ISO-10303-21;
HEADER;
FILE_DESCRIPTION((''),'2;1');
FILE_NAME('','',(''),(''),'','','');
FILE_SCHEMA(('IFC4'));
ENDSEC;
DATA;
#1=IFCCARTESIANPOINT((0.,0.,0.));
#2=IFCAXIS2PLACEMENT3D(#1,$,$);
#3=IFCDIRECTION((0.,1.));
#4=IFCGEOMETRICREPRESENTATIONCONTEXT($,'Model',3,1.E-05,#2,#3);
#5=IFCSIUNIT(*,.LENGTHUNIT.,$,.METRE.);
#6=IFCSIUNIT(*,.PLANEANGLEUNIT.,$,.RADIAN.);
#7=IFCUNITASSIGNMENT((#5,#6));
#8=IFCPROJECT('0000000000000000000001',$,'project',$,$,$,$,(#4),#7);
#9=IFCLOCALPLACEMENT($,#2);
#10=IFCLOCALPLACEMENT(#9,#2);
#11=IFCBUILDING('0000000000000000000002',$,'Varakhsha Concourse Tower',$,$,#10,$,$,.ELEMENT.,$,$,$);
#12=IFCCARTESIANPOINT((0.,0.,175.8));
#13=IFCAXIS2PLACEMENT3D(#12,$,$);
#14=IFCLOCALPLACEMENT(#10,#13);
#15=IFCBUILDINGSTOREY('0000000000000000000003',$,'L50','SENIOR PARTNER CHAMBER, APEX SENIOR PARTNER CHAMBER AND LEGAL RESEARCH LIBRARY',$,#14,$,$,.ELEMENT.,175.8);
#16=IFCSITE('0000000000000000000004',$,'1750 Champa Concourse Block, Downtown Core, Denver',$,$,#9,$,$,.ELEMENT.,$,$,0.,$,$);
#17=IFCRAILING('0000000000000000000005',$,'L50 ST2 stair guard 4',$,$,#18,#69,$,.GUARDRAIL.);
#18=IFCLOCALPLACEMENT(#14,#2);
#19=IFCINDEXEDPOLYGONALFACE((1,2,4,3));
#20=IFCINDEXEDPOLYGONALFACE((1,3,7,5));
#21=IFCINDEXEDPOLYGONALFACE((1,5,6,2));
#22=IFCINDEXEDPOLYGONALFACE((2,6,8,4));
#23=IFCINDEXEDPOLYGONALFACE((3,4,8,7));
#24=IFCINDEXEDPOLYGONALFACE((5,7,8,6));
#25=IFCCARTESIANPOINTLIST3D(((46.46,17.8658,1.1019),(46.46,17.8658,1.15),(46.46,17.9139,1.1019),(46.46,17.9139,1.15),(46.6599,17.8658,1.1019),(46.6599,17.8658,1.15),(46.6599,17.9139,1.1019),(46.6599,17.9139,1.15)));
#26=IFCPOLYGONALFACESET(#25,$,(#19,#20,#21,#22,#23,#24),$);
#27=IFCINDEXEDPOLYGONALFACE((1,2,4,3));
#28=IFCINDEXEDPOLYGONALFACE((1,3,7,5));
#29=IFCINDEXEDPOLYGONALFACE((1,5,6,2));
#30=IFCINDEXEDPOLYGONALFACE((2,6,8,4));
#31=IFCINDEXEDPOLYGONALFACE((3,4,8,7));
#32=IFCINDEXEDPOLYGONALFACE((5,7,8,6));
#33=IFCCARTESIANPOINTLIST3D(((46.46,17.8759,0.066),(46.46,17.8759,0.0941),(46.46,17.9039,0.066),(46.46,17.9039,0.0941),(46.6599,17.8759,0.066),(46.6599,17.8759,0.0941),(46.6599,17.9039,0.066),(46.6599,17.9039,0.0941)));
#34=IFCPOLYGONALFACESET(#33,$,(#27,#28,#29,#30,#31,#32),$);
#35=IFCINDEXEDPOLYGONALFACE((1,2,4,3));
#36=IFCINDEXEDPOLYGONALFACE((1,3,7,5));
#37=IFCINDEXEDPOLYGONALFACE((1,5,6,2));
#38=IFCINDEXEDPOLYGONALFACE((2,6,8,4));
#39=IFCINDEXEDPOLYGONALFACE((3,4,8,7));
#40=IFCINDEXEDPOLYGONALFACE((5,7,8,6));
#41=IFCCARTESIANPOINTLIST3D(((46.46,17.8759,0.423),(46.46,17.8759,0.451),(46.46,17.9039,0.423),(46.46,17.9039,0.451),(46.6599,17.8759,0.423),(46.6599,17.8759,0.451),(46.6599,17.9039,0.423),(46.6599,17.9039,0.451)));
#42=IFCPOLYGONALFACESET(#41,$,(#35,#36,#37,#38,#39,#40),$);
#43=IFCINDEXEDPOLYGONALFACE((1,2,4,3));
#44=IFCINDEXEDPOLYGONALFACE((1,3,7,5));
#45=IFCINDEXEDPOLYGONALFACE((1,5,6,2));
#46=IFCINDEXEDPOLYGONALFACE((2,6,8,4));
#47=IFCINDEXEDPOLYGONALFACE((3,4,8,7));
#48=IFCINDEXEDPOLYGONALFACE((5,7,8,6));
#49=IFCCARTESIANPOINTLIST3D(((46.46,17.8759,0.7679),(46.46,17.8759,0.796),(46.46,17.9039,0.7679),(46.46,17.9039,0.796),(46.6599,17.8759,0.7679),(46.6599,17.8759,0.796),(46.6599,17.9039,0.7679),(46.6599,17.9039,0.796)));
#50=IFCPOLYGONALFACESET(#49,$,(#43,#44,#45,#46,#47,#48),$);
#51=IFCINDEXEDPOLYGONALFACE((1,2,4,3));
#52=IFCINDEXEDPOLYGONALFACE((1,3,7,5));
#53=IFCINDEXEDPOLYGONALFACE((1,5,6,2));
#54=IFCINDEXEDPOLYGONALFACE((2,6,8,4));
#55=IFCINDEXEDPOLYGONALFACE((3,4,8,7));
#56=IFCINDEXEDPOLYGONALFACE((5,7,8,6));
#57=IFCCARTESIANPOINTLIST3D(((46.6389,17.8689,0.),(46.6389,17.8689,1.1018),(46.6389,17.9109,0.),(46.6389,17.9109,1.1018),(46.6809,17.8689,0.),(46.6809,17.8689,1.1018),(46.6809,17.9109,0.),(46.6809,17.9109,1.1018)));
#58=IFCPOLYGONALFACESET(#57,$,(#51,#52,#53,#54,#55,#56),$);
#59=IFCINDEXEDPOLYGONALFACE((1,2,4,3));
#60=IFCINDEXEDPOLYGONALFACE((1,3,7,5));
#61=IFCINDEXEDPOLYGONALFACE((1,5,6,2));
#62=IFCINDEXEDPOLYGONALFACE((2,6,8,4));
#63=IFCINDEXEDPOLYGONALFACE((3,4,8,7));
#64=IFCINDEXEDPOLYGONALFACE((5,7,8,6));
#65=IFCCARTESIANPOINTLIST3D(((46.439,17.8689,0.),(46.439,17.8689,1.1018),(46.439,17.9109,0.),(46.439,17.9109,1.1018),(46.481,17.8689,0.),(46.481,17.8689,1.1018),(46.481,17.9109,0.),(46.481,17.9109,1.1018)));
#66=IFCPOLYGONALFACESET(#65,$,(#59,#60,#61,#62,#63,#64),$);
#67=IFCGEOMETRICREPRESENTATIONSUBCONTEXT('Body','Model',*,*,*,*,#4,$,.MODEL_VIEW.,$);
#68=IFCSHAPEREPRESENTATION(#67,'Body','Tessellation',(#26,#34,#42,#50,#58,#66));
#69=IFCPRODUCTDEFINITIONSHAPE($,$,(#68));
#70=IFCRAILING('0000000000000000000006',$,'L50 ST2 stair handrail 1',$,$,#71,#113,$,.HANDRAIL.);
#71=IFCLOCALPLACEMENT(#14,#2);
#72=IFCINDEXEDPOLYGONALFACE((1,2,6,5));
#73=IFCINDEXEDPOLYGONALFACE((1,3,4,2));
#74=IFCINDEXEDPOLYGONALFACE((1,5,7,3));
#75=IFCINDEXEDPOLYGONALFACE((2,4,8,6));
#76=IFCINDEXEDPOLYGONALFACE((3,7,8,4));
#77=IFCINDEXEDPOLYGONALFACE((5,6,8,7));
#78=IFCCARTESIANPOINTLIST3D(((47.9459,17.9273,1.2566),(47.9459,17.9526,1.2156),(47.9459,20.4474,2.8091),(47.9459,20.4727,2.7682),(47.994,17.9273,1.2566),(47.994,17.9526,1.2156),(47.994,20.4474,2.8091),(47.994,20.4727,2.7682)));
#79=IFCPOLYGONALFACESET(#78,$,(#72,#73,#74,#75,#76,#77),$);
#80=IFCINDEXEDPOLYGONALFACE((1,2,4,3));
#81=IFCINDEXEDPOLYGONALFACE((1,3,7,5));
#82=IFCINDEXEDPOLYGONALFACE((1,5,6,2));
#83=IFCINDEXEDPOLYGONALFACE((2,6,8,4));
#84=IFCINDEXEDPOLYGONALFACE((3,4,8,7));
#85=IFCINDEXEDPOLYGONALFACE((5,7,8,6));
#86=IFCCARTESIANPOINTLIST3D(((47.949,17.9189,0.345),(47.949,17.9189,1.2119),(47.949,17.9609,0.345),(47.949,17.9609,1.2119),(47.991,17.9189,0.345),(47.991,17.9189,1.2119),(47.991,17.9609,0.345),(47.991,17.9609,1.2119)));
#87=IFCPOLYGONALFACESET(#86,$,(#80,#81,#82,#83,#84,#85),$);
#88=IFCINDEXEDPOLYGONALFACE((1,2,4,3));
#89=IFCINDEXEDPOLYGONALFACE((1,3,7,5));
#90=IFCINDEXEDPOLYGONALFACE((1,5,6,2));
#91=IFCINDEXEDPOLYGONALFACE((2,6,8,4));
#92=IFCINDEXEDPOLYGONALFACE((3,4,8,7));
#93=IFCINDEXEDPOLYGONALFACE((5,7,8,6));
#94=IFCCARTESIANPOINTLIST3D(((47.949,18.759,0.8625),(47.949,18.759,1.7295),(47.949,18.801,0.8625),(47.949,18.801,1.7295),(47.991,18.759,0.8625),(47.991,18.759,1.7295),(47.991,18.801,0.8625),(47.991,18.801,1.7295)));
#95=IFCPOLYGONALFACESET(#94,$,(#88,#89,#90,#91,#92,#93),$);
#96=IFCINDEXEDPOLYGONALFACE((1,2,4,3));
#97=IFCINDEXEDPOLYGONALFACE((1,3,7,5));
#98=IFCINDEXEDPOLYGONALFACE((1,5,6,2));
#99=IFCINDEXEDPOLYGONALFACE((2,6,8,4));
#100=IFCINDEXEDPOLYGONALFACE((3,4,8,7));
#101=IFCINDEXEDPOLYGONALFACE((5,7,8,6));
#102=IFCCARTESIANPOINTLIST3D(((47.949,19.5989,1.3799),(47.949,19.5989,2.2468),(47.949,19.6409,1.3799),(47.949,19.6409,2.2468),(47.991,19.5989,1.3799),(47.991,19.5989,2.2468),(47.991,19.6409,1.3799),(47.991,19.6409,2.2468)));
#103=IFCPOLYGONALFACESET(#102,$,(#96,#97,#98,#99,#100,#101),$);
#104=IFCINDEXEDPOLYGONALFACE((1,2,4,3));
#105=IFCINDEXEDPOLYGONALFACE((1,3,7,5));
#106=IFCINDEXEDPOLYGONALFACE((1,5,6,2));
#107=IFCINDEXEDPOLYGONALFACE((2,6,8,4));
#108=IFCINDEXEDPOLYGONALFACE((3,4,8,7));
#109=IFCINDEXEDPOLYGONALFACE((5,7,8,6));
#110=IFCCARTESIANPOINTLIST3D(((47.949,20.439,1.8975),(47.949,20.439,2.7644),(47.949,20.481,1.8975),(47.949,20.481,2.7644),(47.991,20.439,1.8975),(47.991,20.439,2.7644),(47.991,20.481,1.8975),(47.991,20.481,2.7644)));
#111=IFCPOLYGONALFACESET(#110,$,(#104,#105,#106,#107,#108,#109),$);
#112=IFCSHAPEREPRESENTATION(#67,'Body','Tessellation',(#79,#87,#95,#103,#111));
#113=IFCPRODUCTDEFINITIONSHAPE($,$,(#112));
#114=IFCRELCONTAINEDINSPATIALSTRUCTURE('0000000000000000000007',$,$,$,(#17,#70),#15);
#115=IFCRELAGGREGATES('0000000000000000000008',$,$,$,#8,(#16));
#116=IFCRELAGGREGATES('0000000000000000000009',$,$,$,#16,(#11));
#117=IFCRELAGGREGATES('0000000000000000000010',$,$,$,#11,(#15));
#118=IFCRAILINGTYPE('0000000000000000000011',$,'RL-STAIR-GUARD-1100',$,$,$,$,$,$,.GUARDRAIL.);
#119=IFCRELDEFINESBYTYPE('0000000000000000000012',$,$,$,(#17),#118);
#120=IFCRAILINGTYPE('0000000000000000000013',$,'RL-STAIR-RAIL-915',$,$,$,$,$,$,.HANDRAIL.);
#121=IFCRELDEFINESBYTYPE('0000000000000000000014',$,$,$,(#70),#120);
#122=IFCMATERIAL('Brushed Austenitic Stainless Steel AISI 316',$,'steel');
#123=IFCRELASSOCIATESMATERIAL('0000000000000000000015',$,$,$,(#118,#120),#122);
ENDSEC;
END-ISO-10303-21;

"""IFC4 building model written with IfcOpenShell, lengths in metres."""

from ifc_helpers import new_model, si_unit, direction, frame, origin, origin_2d, place, context, subcontext, project, spatial, rectangle, extrude, material, type_object, element, save


model = new_model("IFC4")

# Units and contexts
model_context = context("Model", 3, precision=1e-05, world=origin(), true_north=direction((0.0, 1.0)))
body_context = subcontext(model_context, "Body", "Model", "MODEL_VIEW")
ifc_project = project(units=[si_unit("LENGTHUNIT", "METRE"), si_unit("PLANEANGLEUNIT", "RADIAN")], contexts=[model_context])

# Site, building, storey
site_placement = place(None, origin())
site = spatial("IfcSite", under=ifc_project, at=site_placement, Name="1750 Champa Concourse Block, Downtown Core, Denver", CompositionType="ELEMENT", RefElevation=0.0)
building_placement = place(site_placement, origin())
building = spatial("IfcBuilding", under=site, at=building_placement, Name="Varakhsha Concourse Tower", CompositionType="ELEMENT")
storey_placement = place(building_placement, frame((0.0, 0.0, 175.8)))
storey = spatial("IfcBuildingStorey", under=building, at=storey_placement, Name="L50", Description="SENIOR PARTNER CHAMBER, APEX SENIOR PARTNER CHAMBER AND LEGAL RESEARCH LIBRARY", CompositionType="ELEMENT", Elevation=175.8)

# Railings
ifc_material_1 = material(Name="Brushed Austenitic Stainless Steel AISI 316", Category="steel")
railing_type_1 = type_object("IfcRailingType", Name="RL-STAIR-GUARD-1100", PredefinedType="GUARDRAIL", material=ifc_material_1)
railing_1_placement = place(storey_placement, frame((46.6599, 17.8899, 0.0)))
element("IfcRailing", 1, at=railing_1_placement, inside=storey, type_object=railing_type_1, Name="L50 ST2 stair guard 4", PredefinedType="GUARDRAIL", context=body_context, shape_type="SweptSolid", body=[
    extrude(rectangle(XDim=0.0481, YDim=0.0481, at=origin_2d()), frame((0.0, 0.0, 1.126), z_axis=(-1.0, 0.0, 0.0), x_axis=(0.0, -1.0, 0.0)), (0.0, 0.0, 1.0), 0.2),
    extrude(rectangle(XDim=0.0281, YDim=0.0281, at=origin_2d()), frame((0.0, 0.0, 0.0801), z_axis=(-1.0, 0.0, 0.0), x_axis=(0.0, -1.0, 0.0)), (0.0, 0.0, 1.0), 0.2),
    extrude(rectangle(XDim=0.0281, YDim=0.0281, at=origin_2d()), frame((0.0, 0.0, 0.437), z_axis=(-1.0, 0.0, 0.0), x_axis=(0.0, -1.0, 0.0)), (0.0, 0.0, 1.0), 0.2),
    extrude(rectangle(XDim=0.0281, YDim=0.0281, at=origin_2d()), frame((0.0, 0.0, 0.782), z_axis=(-1.0, 0.0, 0.0), x_axis=(0.0, -1.0, 0.0)), (0.0, 0.0, 1.0), 0.2),
    extrude(rectangle(XDim=0.042, YDim=0.042, at=origin_2d()), origin(), (0.0, 0.0, 1.0), 1.1018),
    extrude(rectangle(XDim=0.042, YDim=0.042, at=origin_2d()), frame((-0.2, 0.0, 0.0)), (0.0, 0.0, 1.0), 1.1018),
])
railing_type_2 = type_object("IfcRailingType", Name="RL-STAIR-RAIL-915", PredefinedType="HANDRAIL", material=ifc_material_1)
railing_2_placement = place(storey_placement, frame((47.97, 17.9399, 0.345)))
element("IfcRailing", 2, at=railing_2_placement, inside=storey, type_object=railing_type_2, Name="L50 ST2 stair handrail 1", PredefinedType="HANDRAIL", context=body_context, shape_type="SweptSolid", body=[
    extrude(rectangle(XDim=0.0481, YDim=0.0481, at=origin_2d()), frame((0.0, 0.0, 0.8911), z_axis=(0.0, 0.8514, 0.524516), x_axis=(-1.0, 0.0, 0.0)), (0.0, 0.0, 1.0), 2.96),
    extrude(rectangle(XDim=0.042, YDim=0.042, at=origin_2d()), origin(), (0.0, 0.0, 1.0), 0.8669),
    extrude(rectangle(XDim=0.042, YDim=0.042, at=origin_2d()), frame((0.0, 0.8401, 0.5176)), (0.0, 0.0, 1.0), 0.8669),
    extrude(rectangle(XDim=0.042, YDim=0.042, at=origin_2d()), frame((0.0, 1.6799, 1.0349)), (0.0, 0.0, 1.0), 0.8669),
    extrude(rectangle(XDim=0.042, YDim=0.042, at=origin_2d()), frame((0.0, 2.52, 1.5525)), (0.0, 0.0, 1.0), 0.8669),
])

save(model, "model.ifc")
